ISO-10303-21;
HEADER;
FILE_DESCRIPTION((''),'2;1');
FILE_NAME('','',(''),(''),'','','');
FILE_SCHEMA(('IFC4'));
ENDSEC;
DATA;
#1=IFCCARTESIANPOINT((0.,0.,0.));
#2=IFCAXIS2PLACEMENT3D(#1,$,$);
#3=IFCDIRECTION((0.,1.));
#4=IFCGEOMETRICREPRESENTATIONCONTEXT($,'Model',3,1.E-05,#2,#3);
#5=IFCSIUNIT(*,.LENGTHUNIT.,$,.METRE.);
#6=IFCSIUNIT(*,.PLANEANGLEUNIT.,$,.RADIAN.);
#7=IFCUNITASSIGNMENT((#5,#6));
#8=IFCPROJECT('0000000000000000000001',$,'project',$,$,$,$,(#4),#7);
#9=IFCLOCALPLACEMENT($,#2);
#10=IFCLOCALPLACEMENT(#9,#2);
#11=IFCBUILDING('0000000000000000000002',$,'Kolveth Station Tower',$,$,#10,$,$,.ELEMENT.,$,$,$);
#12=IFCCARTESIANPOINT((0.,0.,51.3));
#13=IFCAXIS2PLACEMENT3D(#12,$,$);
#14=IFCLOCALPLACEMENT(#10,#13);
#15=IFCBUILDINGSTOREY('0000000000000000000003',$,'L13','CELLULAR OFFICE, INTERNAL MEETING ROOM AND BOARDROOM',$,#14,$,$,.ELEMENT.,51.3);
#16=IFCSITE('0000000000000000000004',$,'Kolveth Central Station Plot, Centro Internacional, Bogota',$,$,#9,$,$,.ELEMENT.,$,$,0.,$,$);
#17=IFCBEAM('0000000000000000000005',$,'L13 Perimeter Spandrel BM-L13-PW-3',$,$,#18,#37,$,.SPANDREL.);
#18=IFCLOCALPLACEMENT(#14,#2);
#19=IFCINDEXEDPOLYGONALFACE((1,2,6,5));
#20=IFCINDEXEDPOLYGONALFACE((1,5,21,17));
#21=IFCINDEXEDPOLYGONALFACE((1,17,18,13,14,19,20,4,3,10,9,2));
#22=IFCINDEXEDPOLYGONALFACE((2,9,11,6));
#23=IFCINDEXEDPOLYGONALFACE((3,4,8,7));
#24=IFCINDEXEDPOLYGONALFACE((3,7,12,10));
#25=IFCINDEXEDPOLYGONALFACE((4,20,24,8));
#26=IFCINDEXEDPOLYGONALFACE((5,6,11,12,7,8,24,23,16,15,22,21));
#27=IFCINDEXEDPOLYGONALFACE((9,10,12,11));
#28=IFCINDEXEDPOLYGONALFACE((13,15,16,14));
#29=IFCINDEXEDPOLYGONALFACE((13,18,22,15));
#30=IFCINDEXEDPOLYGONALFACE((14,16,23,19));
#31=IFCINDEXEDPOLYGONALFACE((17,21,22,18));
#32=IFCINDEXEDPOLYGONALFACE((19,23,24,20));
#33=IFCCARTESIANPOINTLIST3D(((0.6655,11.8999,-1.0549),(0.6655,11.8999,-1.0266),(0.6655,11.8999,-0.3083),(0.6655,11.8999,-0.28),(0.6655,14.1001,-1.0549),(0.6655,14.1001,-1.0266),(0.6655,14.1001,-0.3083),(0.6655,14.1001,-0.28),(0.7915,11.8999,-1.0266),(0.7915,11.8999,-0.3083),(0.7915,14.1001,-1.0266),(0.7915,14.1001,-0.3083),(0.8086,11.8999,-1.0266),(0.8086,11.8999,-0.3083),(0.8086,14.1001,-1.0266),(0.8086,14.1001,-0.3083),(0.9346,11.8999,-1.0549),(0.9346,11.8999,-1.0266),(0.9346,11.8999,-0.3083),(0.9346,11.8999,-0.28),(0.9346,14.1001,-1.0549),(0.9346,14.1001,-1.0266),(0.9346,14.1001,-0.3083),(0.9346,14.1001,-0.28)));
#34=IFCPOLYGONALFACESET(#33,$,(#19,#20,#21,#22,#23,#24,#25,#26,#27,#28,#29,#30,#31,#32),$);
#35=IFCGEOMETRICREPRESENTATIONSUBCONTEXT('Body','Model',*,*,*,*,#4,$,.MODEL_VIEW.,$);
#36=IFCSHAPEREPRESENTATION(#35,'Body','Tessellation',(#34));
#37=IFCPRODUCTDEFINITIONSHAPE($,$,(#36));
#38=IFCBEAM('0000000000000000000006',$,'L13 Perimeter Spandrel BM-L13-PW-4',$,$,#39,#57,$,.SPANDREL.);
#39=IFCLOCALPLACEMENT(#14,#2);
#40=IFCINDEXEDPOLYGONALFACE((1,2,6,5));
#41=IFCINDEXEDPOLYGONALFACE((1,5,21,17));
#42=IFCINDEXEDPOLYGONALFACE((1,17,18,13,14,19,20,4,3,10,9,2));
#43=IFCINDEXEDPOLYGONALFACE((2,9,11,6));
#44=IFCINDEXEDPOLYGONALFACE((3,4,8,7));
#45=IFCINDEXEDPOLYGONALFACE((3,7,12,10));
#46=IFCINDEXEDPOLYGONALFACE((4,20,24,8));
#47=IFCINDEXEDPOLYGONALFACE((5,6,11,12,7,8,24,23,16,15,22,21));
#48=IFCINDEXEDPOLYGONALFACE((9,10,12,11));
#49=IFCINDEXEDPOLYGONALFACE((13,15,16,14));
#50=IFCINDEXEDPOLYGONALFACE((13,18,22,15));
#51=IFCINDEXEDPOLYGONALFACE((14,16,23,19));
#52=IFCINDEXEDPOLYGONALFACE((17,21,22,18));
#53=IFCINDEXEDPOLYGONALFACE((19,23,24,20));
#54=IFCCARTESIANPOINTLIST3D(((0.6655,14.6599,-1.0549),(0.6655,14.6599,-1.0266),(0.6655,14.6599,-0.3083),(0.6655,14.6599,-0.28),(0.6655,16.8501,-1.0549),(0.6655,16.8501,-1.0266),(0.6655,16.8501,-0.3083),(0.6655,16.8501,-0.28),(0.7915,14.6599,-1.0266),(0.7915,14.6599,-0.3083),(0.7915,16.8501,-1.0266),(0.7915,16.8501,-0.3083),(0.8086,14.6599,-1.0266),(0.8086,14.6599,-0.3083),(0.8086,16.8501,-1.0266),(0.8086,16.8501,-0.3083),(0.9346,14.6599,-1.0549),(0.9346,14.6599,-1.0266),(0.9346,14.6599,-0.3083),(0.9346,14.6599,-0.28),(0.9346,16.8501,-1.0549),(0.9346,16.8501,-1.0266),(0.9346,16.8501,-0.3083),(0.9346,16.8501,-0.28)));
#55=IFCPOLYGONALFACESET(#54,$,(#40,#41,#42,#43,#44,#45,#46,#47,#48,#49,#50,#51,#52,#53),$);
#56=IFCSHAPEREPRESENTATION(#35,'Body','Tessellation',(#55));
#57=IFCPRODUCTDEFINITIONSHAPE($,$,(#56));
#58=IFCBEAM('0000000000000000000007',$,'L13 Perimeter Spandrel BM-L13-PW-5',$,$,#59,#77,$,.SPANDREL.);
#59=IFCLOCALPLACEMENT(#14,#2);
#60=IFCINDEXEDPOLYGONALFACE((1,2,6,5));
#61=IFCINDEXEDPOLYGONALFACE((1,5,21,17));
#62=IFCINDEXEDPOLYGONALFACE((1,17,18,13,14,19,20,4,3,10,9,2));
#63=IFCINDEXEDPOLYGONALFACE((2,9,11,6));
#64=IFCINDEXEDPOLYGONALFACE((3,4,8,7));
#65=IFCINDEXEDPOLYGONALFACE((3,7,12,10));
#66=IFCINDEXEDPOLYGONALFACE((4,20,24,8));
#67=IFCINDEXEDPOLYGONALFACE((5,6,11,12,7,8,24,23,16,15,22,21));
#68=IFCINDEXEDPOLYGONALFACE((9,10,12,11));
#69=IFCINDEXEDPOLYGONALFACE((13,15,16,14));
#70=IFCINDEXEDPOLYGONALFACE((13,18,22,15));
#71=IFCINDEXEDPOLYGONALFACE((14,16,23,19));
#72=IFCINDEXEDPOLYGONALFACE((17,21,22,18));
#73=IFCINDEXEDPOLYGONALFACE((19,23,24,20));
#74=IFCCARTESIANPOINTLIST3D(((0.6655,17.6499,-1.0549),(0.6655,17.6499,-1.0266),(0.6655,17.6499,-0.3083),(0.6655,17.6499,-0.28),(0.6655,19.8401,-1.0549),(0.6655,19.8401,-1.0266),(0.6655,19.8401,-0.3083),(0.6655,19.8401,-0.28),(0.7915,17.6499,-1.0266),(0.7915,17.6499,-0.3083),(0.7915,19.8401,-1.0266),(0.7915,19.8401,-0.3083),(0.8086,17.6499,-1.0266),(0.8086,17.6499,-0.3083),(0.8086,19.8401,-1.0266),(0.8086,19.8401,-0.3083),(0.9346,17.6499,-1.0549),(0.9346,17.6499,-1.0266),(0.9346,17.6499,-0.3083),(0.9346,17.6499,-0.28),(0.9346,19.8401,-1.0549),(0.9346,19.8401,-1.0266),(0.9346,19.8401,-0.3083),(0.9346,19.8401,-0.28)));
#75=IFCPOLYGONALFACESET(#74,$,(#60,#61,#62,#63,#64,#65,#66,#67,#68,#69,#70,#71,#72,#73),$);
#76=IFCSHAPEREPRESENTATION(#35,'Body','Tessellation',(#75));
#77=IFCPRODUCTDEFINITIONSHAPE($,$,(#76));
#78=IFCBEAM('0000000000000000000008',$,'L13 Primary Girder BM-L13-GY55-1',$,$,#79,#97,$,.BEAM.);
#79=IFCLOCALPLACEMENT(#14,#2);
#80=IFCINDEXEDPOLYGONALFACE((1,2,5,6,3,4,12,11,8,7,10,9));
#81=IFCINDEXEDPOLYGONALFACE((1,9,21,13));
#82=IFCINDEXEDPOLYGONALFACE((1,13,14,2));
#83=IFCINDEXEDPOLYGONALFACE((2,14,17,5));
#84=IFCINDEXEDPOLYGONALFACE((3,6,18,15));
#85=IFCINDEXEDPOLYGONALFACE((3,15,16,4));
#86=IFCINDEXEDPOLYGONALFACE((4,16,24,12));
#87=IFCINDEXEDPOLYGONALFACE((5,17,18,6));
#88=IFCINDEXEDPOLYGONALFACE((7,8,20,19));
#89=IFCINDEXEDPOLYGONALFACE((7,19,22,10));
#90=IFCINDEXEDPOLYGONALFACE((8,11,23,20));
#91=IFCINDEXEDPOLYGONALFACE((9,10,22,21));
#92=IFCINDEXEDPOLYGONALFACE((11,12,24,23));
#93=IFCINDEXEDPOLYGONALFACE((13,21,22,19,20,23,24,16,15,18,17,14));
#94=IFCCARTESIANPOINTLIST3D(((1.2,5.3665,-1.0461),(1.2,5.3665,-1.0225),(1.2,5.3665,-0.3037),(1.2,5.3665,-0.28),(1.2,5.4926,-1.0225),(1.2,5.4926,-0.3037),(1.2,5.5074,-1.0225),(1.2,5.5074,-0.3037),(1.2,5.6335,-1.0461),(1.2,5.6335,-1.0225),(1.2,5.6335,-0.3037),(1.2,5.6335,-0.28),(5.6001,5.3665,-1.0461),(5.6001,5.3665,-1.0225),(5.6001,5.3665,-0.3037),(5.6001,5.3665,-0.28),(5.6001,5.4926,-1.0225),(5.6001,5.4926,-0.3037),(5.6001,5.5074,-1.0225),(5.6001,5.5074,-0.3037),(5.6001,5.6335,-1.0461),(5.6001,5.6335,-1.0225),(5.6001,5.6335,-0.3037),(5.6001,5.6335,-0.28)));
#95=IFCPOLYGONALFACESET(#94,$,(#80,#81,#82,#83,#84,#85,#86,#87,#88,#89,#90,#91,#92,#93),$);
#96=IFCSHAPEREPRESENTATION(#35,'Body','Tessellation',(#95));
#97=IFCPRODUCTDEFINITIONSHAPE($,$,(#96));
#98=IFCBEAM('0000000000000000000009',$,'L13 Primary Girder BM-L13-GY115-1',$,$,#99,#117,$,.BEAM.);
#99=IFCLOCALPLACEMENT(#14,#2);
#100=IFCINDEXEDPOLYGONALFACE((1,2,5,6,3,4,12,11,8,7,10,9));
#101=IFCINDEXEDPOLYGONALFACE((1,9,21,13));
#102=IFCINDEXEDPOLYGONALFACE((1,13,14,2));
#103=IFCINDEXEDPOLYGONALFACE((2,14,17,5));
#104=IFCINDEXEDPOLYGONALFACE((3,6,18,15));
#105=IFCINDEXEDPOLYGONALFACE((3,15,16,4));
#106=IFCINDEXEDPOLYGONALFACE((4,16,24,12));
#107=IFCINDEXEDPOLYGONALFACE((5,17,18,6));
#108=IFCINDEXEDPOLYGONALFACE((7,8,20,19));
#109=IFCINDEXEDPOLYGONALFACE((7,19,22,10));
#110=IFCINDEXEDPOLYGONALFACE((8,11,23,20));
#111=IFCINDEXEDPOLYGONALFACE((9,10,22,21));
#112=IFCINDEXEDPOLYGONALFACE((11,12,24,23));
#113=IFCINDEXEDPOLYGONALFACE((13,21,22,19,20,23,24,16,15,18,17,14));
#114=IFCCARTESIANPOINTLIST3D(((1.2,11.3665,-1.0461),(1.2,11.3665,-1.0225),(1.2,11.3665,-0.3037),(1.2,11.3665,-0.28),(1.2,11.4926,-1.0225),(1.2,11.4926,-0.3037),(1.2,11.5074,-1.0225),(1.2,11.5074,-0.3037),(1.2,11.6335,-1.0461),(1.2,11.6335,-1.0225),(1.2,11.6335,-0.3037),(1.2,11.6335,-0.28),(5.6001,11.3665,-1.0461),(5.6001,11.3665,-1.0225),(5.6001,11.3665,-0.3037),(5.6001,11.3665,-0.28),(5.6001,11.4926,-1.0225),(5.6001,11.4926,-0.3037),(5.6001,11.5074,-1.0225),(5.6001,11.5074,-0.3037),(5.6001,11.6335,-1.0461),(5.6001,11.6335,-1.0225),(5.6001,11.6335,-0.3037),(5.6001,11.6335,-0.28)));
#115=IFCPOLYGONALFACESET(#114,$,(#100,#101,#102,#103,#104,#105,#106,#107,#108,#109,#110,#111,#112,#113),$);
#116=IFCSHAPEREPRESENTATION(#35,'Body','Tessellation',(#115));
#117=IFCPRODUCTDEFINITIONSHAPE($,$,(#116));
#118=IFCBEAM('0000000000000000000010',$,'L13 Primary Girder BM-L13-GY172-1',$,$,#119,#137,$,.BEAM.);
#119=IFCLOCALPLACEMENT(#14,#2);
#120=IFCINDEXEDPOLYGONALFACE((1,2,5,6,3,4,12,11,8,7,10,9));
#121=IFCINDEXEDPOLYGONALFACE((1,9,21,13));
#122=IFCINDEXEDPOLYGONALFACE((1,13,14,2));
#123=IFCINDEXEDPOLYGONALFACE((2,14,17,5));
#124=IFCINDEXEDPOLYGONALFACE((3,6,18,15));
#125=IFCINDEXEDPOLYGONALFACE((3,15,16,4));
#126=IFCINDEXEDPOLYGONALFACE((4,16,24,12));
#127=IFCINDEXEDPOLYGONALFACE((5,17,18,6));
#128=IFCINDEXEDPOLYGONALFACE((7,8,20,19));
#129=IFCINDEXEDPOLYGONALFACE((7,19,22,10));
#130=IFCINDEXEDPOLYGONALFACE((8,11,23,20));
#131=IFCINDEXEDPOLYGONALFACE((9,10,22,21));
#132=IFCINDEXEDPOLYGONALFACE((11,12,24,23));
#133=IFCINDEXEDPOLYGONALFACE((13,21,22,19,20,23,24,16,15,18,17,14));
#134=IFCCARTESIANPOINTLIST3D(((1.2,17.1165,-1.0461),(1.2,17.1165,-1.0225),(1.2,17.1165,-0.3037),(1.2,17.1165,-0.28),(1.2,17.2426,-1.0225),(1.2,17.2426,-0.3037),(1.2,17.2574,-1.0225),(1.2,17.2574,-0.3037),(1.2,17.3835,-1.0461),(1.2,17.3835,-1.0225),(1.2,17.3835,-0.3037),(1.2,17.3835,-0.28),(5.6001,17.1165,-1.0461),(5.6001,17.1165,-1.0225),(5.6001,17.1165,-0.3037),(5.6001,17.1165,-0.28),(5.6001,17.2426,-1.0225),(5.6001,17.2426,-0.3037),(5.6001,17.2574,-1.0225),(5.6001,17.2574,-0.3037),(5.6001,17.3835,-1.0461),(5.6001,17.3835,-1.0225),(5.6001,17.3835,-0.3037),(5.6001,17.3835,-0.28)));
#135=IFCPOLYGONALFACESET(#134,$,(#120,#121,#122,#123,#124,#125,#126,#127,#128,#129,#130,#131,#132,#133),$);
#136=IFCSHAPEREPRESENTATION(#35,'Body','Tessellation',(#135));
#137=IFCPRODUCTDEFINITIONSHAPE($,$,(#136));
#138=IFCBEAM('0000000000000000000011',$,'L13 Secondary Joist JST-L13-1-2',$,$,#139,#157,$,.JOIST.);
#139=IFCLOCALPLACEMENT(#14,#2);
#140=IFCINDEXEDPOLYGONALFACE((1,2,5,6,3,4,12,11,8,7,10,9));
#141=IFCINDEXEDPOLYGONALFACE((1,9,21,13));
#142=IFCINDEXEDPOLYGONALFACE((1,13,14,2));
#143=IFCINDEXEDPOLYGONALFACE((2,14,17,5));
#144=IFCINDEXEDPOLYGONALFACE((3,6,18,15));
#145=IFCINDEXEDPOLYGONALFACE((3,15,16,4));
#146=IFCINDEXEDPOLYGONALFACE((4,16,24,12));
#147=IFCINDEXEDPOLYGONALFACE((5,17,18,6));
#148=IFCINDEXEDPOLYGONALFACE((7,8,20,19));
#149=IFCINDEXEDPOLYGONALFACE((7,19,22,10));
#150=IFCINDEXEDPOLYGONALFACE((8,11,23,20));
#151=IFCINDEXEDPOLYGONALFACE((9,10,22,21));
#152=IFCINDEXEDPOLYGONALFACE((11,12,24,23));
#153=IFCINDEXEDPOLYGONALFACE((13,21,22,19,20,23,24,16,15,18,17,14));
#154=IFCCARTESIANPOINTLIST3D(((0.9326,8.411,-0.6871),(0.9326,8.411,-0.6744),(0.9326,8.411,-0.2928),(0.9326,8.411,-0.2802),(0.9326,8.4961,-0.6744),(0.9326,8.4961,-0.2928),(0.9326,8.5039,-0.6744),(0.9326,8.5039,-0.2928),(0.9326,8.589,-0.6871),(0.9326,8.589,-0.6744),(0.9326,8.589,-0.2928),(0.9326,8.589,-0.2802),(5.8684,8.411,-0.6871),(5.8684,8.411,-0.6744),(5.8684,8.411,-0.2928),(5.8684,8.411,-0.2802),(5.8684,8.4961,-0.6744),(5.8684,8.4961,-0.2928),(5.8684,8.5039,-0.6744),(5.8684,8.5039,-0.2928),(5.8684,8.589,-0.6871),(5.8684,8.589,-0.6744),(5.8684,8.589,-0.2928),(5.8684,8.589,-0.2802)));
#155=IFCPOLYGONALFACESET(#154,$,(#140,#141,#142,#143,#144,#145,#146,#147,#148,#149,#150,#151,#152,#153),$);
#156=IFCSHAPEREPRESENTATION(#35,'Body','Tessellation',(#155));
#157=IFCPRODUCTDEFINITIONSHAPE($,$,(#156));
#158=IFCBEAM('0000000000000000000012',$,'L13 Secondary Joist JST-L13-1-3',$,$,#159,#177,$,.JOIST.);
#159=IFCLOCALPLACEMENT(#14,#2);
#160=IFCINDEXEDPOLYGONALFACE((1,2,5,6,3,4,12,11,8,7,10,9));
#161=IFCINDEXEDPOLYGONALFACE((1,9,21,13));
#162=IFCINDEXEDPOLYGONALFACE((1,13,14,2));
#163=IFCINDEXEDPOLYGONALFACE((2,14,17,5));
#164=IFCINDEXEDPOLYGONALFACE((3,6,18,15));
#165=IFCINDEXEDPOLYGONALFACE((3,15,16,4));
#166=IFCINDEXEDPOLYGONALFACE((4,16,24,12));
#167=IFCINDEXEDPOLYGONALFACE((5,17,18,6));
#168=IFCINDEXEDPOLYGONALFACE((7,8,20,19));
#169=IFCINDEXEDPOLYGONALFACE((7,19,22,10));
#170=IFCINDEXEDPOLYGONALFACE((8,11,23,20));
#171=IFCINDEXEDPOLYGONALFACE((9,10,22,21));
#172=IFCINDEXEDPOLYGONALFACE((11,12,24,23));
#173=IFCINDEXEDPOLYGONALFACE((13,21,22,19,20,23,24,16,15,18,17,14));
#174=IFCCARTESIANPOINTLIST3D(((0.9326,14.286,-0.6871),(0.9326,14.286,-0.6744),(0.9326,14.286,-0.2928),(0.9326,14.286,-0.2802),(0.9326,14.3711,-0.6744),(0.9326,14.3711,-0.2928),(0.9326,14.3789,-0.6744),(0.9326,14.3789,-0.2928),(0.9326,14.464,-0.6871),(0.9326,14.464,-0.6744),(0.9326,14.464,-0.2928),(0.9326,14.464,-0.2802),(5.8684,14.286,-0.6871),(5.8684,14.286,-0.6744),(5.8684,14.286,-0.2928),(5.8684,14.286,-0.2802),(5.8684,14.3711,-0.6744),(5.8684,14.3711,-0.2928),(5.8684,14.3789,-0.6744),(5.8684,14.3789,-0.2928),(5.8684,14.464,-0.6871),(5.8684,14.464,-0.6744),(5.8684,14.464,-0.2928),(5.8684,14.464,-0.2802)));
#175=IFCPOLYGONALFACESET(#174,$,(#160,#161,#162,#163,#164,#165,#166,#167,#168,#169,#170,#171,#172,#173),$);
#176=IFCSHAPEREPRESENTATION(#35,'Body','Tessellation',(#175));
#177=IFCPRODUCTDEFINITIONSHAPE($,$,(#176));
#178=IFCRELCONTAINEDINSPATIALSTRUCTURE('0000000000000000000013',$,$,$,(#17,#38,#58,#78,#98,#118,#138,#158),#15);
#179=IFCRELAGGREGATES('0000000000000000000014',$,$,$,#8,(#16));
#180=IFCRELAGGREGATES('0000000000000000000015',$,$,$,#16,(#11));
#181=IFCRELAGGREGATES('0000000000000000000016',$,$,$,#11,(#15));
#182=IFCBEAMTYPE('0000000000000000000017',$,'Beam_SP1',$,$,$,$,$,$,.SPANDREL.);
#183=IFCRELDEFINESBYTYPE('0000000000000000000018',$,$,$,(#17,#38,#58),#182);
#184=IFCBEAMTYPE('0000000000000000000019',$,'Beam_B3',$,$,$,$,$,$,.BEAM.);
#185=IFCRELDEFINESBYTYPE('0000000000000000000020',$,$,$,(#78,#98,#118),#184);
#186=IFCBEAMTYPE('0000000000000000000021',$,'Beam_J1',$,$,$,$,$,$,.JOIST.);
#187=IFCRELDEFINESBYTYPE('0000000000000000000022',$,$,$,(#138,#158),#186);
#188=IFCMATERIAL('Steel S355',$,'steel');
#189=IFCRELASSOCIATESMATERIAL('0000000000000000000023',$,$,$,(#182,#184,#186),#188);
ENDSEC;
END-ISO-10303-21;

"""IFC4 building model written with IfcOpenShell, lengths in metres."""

from ifc_helpers import new_model, si_unit, direction, frame, origin, origin_2d, place, context, subcontext, project, spatial, i_section, extrude, source, transform, mapped, material, material_profile, profile_set, type_object, element, save


model = new_model("IFC4")

# Units and contexts
model_context = context("Model", 3, precision=1e-05, world=origin(), true_north=direction((0.0, 1.0)))
body_context = subcontext(model_context, "Body", "Model", "MODEL_VIEW")
ifc_project = project(units=[si_unit("LENGTHUNIT", "METRE"), si_unit("PLANEANGLEUNIT", "RADIAN")], contexts=[model_context])

# Site, building, storey
site_placement = place(None, origin())
site = spatial("IfcSite", under=ifc_project, at=site_placement, Name="Kolveth Central Station Plot, Centro Internacional, Bogota", CompositionType="ELEMENT", RefElevation=0.0)
building_placement = place(site_placement, origin())
building = spatial("IfcBuilding", under=site, at=building_placement, Name="Kolveth Station Tower", CompositionType="ELEMENT")
storey_placement = place(building_placement, frame((0.0, 0.0, 51.3)))
storey = spatial("IfcBuildingStorey", under=building, at=storey_placement, Name="L13", Description="CELLULAR OFFICE, INTERNAL MEETING ROOM AND BOARDROOM", CompositionType="ELEMENT", Elevation=51.3)

# Shared definitions
ifc_material_1 = material(Name="Steel S355", Category="steel")

# Beams
ifc_material_profile_1 = material_profile(ifc_material_1, i_section(OverallWidth=0.269, OverallDepth=0.7749, WebThickness=0.0171, FlangeThickness=0.0283, at=origin_2d()), Name="W760x220")
ifc_profile_set_1 = profile_set([ifc_material_profile_1], Name="Steel S355")
beam_type_1 = type_object("IfcBeamType", Name="Beam_SP1", PredefinedType="SPANDREL", material=ifc_profile_set_1)
shared_shape_1 = source(origin(), body_context, "Body", "SweptSolid", [
    extrude(i_section(OverallWidth=0.269, OverallDepth=0.7749, WebThickness=0.0171, FlangeThickness=0.0283, at=origin_2d()), origin(), (0.0, 0.0, 1.0), 2.2002),
])
beam_1_placement = place(storey_placement, frame((0.8, 11.8999, -0.6675), z_axis=(0.0, 1.0, 0.0), x_axis=(-1.0, 0.0, 0.0)))
element("IfcBeam", 1, at=beam_1_placement, inside=storey, type_object=beam_type_1, Name="L13 Perimeter Spandrel BM-L13-PW-3", PredefinedType="SPANDREL", context=body_context, shape_type="MappedRepresentation", body=[
    mapped(shared_shape_1, transform((0.0, 0.0, 0.0), x_axis=(1.0, 0.0, 0.0), y_axis=(0.0, 1.0, 0.0), z_axis=(0.0, 0.0, 1.0), scale=1.0)),
])
shared_shape_2 = source(origin(), body_context, "Body", "SweptSolid", [
    extrude(i_section(OverallWidth=0.269, OverallDepth=0.7749, WebThickness=0.0171, FlangeThickness=0.0283, at=origin_2d()), origin(), (0.0, 0.0, 1.0), 2.1902),
])
for number, where, z_axis, x_axis, name in (
    (2, (0.8, 14.6599, -0.6675), (0.0, 1.0, 0.0), (-1.0, 0.0, 0.0), "L13 Perimeter Spandrel BM-L13-PW-4"),
    (3, (0.8, 17.6499, -0.6675), (0.0, 1.0, 0.0), (-1.0, 0.0, 0.0), "L13 Perimeter Spandrel BM-L13-PW-5"),
):
    element("IfcBeam", number, at=place(storey_placement, frame(where, z_axis=z_axis, x_axis=x_axis)), inside=storey, type_object=beam_type_1, Name=name, PredefinedType="SPANDREL", context=body_context, shape_type="MappedRepresentation", body=[
        mapped(shared_shape_2, transform((0.0, 0.0, 0.0), x_axis=(1.0, 0.0, 0.0), y_axis=(0.0, 1.0, 0.0), z_axis=(0.0, 0.0, 1.0), scale=1.0)),
    ])
ifc_material_profile_2 = material_profile(ifc_material_1, i_section(OverallWidth=0.2671, OverallDepth=0.7661, WebThickness=0.0149, FlangeThickness=0.0237, at=origin_2d()), Name="W760x185")
ifc_profile_set_2 = profile_set([ifc_material_profile_2], Name="Steel S355")
beam_type_2 = type_object("IfcBeamType", Name="Beam_B3", PredefinedType="BEAM", material=ifc_profile_set_2)
shared_shape_3 = source(origin(), body_context, "Body", "SweptSolid", [
    extrude(i_section(OverallWidth=0.2671, OverallDepth=0.7661, WebThickness=0.0149, FlangeThickness=0.0237, at=origin_2d()), origin(), (0.0, 0.0, 1.0), 4.4001),
])
for number, where, z_axis, x_axis, name in (
    (4, (1.2, 5.5, -0.6631), (1.0, 0.0, 0.0), (0.0, 1.0, 0.0), "L13 Primary Girder BM-L13-GY55-1"),
    (5, (1.2, 11.5, -0.6631), (1.0, 0.0, 0.0), (0.0, 1.0, 0.0), "L13 Primary Girder BM-L13-GY115-1"),
    (6, (1.2, 17.25, -0.6631), (1.0, 0.0, 0.0), (0.0, 1.0, 0.0), "L13 Primary Girder BM-L13-GY172-1"),
):
    element("IfcBeam", number, at=place(storey_placement, frame(where, z_axis=z_axis, x_axis=x_axis)), inside=storey, type_object=beam_type_2, Name=name, PredefinedType="BEAM", context=body_context, shape_type="MappedRepresentation", body=[
        mapped(shared_shape_3, transform((0.0, 0.0, 0.0), x_axis=(1.0, 0.0, 0.0), y_axis=(0.0, 1.0, 0.0), z_axis=(0.0, 0.0, 1.0), scale=1.0)),
    ])
ifc_material_profile_3 = material_profile(ifc_material_1, i_section(OverallWidth=0.178, OverallDepth=0.407, WebThickness=0.0078, FlangeThickness=0.0127, at=origin_2d()), Name="W410x60")
ifc_profile_set_3 = profile_set([ifc_material_profile_3], Name="Steel S355")
beam_type_3 = type_object("IfcBeamType", Name="Beam_J1", PredefinedType="JOIST", material=ifc_profile_set_3)
shared_shape_4 = source(origin(), body_context, "Body", "SweptSolid", [
    extrude(i_section(OverallWidth=0.178, OverallDepth=0.407, WebThickness=0.0078, FlangeThickness=0.0127, at=origin_2d()), origin(), (0.0, 0.0, 1.0), 4.9358),
])
for number, where, z_axis, x_axis, name in (
    (7, (0.9326, 8.5, -0.4836), (1.0, 0.0, 0.0), (0.0, 1.0, 0.0), "L13 Secondary Joist JST-L13-1-2"),
    (8, (0.9326, 14.375, -0.4836), (1.0, 0.0, 0.0), (0.0, 1.0, 0.0), "L13 Secondary Joist JST-L13-1-3"),
):
    element("IfcBeam", number, at=place(storey_placement, frame(where, z_axis=z_axis, x_axis=x_axis)), inside=storey, type_object=beam_type_3, Name=name, PredefinedType="JOIST", context=body_context, shape_type="MappedRepresentation", body=[
        mapped(shared_shape_4, transform((0.0, 0.0, 0.0), x_axis=(1.0, 0.0, 0.0), y_axis=(0.0, 1.0, 0.0), z_axis=(0.0, 0.0, 1.0), scale=1.0)),
    ])

save(model, "model.ifc")
